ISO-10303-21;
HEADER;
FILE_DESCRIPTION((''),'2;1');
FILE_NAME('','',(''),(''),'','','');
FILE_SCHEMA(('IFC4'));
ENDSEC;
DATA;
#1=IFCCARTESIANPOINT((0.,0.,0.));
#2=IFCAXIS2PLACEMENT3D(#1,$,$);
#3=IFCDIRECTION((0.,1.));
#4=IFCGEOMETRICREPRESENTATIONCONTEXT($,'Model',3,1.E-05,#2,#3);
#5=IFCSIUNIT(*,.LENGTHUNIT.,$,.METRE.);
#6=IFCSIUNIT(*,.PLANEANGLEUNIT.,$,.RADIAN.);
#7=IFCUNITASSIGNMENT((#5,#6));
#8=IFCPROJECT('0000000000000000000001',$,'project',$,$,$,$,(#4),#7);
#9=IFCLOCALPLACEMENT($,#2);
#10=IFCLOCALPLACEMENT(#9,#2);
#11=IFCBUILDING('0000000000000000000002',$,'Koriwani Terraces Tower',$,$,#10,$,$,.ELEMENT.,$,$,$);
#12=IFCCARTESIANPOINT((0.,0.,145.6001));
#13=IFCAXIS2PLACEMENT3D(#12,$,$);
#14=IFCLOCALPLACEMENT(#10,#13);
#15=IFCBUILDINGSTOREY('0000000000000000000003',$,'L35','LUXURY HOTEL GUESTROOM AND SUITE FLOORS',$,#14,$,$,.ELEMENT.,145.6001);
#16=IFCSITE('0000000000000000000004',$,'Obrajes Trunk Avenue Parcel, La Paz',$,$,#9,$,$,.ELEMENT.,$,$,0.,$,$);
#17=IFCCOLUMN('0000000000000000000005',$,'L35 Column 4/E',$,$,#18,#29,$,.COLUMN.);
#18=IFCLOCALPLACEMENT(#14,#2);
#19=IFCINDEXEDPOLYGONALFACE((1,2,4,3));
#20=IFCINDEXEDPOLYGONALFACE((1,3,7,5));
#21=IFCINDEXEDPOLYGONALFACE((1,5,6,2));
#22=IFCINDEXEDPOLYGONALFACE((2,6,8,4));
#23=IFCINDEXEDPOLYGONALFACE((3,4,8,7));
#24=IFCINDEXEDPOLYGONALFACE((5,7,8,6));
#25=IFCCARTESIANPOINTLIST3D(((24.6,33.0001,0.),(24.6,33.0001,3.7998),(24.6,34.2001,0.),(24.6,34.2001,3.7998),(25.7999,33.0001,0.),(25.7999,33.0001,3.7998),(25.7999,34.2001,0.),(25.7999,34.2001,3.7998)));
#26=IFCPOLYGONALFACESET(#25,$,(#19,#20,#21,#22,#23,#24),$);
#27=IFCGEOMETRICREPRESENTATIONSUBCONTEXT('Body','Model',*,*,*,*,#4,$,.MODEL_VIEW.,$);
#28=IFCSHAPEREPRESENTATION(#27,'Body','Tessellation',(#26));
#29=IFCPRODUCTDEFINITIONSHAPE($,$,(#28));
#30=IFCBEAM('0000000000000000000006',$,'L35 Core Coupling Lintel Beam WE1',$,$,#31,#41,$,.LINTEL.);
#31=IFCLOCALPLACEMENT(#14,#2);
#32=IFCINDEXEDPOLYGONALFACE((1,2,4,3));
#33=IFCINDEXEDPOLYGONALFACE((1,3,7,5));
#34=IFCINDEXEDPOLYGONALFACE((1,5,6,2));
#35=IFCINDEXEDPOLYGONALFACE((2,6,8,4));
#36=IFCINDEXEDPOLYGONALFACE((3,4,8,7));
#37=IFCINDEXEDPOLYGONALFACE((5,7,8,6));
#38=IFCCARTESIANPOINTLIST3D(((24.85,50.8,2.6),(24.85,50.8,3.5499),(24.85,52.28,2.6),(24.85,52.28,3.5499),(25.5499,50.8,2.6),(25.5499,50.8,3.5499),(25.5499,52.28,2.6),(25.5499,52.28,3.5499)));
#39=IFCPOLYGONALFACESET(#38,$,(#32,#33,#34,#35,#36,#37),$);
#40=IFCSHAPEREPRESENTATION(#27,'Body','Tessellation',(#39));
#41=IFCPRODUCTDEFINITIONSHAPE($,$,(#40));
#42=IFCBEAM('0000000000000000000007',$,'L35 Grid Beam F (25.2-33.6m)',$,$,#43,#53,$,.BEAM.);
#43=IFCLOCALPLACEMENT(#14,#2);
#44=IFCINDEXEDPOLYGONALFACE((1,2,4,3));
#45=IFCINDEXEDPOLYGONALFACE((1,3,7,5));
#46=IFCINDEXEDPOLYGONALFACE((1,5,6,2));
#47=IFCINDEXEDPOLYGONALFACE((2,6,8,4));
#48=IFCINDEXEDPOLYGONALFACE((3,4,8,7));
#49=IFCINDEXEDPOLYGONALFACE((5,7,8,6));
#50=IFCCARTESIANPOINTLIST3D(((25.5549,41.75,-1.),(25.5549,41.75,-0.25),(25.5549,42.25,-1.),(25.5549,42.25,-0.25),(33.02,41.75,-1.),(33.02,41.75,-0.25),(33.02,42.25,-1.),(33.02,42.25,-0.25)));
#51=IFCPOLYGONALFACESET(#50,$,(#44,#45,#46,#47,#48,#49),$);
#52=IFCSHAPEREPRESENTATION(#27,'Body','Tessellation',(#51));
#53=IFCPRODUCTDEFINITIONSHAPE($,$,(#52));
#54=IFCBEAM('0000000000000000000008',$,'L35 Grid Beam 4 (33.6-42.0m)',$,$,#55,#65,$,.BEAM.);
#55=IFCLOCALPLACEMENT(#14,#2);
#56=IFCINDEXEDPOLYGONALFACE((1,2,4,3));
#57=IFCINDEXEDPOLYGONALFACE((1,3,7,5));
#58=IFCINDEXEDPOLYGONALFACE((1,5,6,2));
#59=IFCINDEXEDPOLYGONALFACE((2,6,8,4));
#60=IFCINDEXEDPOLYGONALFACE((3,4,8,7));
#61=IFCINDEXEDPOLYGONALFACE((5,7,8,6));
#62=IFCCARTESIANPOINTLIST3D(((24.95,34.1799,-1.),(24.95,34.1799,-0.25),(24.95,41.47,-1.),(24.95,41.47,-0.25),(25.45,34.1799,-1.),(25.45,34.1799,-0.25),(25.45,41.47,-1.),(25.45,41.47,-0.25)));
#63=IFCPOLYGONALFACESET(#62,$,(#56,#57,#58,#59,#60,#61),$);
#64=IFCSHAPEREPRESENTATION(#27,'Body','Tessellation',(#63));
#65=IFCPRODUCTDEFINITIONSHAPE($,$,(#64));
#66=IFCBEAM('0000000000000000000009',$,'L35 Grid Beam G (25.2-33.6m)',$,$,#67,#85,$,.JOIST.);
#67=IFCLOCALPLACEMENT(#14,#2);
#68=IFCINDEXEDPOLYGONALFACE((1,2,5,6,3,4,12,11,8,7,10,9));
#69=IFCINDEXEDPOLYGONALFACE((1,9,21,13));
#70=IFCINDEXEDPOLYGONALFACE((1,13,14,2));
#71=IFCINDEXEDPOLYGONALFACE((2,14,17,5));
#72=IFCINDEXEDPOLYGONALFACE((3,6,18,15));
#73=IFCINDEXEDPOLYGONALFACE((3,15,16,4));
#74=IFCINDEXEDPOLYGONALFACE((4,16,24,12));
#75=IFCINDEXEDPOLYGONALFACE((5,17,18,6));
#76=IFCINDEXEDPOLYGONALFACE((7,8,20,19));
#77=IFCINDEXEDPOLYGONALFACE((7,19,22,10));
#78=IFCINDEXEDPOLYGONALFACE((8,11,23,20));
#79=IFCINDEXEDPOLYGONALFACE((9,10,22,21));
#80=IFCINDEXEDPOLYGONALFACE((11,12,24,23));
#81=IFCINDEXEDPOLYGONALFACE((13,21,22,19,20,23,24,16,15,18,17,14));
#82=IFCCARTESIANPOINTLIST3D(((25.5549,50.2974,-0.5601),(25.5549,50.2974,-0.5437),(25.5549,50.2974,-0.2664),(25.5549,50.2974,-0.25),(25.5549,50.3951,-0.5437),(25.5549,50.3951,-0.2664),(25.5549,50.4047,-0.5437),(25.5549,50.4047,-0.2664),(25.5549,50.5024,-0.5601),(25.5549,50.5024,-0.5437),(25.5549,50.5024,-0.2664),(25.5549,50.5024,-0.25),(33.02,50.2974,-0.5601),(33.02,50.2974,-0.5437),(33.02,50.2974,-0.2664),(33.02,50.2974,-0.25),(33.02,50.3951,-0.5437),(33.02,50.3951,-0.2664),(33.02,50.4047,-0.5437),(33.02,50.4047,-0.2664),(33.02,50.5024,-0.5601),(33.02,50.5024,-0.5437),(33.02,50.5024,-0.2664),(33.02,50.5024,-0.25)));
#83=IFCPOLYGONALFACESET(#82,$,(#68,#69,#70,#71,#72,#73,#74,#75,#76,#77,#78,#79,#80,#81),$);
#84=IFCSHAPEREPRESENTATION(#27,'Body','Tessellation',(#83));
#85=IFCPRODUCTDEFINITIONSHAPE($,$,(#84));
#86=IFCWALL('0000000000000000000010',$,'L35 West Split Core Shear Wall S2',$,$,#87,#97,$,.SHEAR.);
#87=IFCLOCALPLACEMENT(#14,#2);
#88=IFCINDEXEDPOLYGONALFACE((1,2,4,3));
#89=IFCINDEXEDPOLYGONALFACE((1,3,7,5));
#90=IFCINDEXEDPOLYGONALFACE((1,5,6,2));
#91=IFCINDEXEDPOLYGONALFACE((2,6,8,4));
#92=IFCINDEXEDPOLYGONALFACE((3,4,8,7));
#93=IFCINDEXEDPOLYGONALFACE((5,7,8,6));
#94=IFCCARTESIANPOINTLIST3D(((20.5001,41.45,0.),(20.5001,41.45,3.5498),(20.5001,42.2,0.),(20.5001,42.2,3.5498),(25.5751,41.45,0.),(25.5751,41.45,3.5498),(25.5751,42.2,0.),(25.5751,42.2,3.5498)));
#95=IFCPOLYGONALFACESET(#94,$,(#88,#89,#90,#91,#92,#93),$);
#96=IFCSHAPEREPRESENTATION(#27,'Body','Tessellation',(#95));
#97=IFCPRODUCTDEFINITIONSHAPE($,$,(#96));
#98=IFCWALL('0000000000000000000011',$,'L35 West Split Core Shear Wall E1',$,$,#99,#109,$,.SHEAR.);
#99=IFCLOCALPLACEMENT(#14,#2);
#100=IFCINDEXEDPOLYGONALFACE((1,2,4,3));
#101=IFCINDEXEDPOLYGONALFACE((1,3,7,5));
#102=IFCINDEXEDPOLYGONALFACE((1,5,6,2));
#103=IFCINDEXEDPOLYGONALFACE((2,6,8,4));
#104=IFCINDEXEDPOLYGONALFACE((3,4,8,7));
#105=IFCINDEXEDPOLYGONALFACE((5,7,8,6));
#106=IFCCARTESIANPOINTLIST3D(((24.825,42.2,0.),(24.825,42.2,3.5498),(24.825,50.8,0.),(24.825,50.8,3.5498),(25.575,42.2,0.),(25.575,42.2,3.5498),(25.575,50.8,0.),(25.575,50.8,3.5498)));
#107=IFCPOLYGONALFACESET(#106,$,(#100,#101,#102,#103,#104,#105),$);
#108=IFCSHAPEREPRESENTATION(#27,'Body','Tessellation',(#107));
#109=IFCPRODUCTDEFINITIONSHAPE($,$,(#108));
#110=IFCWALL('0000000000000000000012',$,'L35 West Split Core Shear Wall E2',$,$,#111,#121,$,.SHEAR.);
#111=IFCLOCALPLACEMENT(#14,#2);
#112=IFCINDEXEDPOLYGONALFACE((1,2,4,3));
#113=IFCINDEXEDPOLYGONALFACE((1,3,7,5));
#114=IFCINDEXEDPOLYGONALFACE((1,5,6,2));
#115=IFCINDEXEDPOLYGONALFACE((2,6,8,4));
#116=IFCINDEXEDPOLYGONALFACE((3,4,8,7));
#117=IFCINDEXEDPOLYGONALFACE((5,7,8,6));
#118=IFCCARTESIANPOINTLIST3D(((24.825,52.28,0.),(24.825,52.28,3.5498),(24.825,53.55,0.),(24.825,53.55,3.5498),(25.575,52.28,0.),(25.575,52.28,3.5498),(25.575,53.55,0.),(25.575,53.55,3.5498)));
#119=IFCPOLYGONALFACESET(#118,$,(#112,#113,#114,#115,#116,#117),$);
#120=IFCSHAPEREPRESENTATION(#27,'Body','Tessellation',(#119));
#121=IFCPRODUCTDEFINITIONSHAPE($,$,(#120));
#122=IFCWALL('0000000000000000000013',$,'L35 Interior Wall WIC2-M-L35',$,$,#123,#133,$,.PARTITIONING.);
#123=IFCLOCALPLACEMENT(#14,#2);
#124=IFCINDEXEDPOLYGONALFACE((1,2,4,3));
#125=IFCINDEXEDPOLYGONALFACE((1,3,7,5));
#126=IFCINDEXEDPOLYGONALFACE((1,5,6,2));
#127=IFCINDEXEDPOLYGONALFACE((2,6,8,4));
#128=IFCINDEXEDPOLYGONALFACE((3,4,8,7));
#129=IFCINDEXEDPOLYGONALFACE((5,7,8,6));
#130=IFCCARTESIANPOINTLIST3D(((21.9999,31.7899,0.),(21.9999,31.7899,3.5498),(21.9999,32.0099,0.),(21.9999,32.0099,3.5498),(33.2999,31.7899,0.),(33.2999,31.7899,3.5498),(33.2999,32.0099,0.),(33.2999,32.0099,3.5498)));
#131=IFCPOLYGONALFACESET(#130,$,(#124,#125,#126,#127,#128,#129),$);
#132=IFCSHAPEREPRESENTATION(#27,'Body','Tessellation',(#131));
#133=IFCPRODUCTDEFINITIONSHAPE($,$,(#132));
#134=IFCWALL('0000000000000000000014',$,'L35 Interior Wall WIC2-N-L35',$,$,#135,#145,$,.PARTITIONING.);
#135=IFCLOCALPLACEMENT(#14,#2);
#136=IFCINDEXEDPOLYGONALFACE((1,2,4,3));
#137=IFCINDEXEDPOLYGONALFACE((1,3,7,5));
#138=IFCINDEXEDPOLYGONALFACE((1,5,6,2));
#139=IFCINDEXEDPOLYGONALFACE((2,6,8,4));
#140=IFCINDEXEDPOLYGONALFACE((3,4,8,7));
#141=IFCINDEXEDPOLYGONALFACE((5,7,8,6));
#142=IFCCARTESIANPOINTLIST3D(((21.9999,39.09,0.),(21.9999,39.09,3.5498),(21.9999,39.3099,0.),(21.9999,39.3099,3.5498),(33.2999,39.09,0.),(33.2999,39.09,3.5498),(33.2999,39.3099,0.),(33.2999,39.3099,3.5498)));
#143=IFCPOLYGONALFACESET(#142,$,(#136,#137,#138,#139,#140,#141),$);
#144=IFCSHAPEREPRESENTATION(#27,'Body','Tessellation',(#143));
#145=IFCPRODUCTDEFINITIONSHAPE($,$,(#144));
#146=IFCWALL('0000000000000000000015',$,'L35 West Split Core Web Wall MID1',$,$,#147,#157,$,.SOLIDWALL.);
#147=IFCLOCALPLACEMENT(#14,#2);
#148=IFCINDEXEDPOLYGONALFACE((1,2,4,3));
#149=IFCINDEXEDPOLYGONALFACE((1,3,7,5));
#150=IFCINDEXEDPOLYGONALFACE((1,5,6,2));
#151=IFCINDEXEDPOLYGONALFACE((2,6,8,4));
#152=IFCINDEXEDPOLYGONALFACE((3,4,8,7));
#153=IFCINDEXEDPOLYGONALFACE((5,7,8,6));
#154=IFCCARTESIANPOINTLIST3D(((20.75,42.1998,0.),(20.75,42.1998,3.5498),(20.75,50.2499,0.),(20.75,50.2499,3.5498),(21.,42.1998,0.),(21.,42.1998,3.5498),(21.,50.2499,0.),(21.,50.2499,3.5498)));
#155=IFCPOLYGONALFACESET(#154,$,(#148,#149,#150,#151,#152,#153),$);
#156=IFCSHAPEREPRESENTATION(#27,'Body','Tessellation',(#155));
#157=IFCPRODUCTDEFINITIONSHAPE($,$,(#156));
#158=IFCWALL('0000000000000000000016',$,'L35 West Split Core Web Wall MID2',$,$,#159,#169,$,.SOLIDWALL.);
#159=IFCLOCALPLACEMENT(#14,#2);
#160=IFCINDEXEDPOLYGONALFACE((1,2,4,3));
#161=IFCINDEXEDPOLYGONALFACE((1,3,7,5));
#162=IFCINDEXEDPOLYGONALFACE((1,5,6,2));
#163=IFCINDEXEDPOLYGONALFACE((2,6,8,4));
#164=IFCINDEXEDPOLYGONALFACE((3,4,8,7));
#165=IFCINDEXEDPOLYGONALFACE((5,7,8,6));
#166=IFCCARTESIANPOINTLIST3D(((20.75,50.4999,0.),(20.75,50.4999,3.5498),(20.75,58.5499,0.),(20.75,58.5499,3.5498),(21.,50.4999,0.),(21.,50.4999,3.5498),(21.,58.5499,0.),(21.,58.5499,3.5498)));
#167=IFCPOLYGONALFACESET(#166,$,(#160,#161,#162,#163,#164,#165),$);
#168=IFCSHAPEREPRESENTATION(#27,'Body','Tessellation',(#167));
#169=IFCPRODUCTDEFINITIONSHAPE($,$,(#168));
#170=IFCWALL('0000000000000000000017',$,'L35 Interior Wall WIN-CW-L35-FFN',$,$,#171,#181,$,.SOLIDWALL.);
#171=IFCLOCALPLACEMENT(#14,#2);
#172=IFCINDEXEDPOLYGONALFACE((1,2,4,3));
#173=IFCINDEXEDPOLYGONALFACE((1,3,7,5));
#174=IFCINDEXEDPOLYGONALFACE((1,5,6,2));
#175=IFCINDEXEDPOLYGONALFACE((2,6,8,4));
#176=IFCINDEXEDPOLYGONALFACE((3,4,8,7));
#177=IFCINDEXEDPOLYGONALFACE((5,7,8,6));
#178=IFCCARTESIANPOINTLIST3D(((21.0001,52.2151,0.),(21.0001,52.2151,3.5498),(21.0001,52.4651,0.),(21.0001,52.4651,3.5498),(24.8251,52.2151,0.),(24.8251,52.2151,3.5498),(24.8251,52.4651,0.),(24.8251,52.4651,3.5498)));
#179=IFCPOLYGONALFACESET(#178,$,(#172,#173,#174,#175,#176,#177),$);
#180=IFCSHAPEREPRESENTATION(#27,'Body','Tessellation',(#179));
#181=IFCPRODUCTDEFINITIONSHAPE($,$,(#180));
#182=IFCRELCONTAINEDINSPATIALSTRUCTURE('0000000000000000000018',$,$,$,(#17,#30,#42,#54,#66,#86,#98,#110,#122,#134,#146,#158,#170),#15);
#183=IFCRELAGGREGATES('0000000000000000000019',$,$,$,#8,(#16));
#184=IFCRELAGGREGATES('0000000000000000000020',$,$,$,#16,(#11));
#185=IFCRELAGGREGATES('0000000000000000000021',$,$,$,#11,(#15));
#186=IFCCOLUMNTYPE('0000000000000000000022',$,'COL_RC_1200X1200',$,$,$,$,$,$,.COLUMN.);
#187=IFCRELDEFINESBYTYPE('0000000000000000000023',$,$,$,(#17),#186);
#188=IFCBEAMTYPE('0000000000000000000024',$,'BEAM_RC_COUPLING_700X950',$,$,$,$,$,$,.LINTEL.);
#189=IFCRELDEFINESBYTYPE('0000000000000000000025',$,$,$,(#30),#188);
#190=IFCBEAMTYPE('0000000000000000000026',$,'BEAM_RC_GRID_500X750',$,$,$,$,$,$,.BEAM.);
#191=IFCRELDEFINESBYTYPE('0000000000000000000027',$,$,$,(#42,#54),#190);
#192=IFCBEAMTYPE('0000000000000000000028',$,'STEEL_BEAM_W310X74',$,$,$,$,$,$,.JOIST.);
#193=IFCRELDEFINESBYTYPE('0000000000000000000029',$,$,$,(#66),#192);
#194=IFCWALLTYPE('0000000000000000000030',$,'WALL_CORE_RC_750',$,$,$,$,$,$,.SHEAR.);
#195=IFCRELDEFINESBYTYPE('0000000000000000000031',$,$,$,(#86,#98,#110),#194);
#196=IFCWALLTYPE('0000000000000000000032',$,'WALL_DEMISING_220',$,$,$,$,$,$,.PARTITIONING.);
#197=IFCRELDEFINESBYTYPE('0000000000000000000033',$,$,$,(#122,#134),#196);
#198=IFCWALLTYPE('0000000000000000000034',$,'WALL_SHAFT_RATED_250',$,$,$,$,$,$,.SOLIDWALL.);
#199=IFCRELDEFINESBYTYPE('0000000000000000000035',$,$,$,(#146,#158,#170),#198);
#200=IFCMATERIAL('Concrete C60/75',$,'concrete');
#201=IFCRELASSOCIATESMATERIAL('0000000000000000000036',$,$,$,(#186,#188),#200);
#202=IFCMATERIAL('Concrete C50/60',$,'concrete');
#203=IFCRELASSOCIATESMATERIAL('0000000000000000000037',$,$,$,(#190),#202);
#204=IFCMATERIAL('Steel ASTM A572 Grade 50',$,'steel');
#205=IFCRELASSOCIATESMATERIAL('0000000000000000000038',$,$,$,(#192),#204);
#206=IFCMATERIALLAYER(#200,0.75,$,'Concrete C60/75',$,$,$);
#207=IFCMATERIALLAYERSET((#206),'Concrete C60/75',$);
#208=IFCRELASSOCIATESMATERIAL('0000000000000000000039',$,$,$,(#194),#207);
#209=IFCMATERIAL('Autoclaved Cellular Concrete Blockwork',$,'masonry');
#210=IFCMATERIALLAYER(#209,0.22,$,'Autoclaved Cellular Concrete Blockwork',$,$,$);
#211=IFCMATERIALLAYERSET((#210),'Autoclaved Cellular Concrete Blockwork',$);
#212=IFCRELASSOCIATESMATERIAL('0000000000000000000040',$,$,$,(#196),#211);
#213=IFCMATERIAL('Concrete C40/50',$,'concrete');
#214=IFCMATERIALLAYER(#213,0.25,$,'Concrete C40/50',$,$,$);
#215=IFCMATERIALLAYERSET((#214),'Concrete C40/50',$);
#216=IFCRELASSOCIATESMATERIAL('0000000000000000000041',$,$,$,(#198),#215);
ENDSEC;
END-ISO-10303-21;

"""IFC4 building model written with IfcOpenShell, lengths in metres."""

from ifc_helpers import new_model, si_unit, direction, frame, frame_2d, origin, origin_2d, place, context, subcontext, project, spatial, rectangle, i_section, extrude, material, layer, layer_set, material_profile, profile_set, type_object, element, save


model = new_model("IFC4")

# Units and contexts
model_context = context("Model", 3, precision=1e-05, world=origin(), true_north=direction((0.0, 1.0)))
body_context = subcontext(model_context, "Body", "Model", "MODEL_VIEW")
ifc_project = project(units=[si_unit("LENGTHUNIT", "METRE"), si_unit("PLANEANGLEUNIT", "RADIAN")], contexts=[model_context])

# Site, building, storey
site_placement = place(None, origin())
site = spatial("IfcSite", under=ifc_project, at=site_placement, Name="Obrajes Trunk Avenue Parcel, La Paz", CompositionType="ELEMENT", RefElevation=0.0)
building_placement = place(site_placement, origin())
building = spatial("IfcBuilding", under=site, at=building_placement, Name="Koriwani Terraces Tower", CompositionType="ELEMENT")
storey_placement = place(building_placement, frame((0.0, 0.0, 145.6001)))
storey = spatial("IfcBuildingStorey", under=building, at=storey_placement, Name="L35", Description="LUXURY HOTEL GUESTROOM AND SUITE FLOORS", CompositionType="ELEMENT", Elevation=145.6001)

# Column
ifc_material_1 = material(Name="Concrete C60/75", Category="concrete")
ifc_material_profile_1 = material_profile(ifc_material_1, rectangle(XDim=1.2, YDim=1.2, at=origin_2d()), Name="Concrete C60/75", Category="LoadBearing")
ifc_profile_set_1 = profile_set([ifc_material_profile_1], Name="Concrete C60/75")
column_type = type_object("IfcColumnType", Name="COL_RC_1200X1200", PredefinedType="COLUMN", material=ifc_profile_set_1)
column_placement = place(storey_placement, frame((25.2, 33.6001, 0.0), z_axis=(0.0, 0.0, 1.0), x_axis=(1.0, 0.0, 0.0)))
element("IfcColumn", 1, at=column_placement, inside=storey, type_object=column_type, Name="L35 Column 4/E", PredefinedType="COLUMN", context=body_context, shape_type="SweptSolid", body=[
    extrude(rectangle(XDim=1.2, YDim=1.2, at=origin_2d()), origin(), (0.0, 0.0, 1.0), 3.7998),
])

# Beams
ifc_material_profile_2 = material_profile(ifc_material_1, rectangle(XDim=0.7, YDim=0.95, at=origin_2d()), Name="Concrete C60/75", Category="LoadBearing")
ifc_profile_set_2 = profile_set([ifc_material_profile_2], Name="Concrete C60/75")
beam_type_1 = type_object("IfcBeamType", Name="BEAM_RC_COUPLING_700X950", PredefinedType="LINTEL", material=ifc_profile_set_2)
beam_1_placement = place(storey_placement, frame((25.2, 50.8, 3.075), z_axis=(0.0, 1.0, 0.0), x_axis=(-1.0, 0.0, 0.0)))
element("IfcBeam", 2, at=beam_1_placement, inside=storey, type_object=beam_type_1, Name="L35 Core Coupling Lintel Beam WE1", PredefinedType="LINTEL", context=body_context, shape_type="SweptSolid", body=[
    extrude(rectangle(XDim=0.7, YDim=0.95, at=origin_2d()), origin(), (0.0, 0.0, 1.0), 1.48),
])
ifc_material_2 = material(Name="Concrete C50/60", Category="concrete")
ifc_material_profile_3 = material_profile(ifc_material_2, rectangle(XDim=0.5, YDim=0.75, at=origin_2d()), Name="Concrete C50/60", Category="LoadBearing")
ifc_profile_set_3 = profile_set([ifc_material_profile_3], Name="Concrete C50/60")
beam_type_2 = type_object("IfcBeamType", Name="BEAM_RC_GRID_500X750", PredefinedType="BEAM", material=ifc_profile_set_3)
beam_2_placement = place(storey_placement, frame((25.5549, 42.0, -0.625), z_axis=(1.0, 0.0, 0.0), x_axis=(0.0, 1.0, 0.0)))
element("IfcBeam", 3, at=beam_2_placement, inside=storey, type_object=beam_type_2, Name="L35 Grid Beam F (25.2-33.6m)", PredefinedType="BEAM", context=body_context, shape_type="SweptSolid", body=[
    extrude(rectangle(XDim=0.5, YDim=0.75, at=origin_2d()), origin(), (0.0, 0.0, 1.0), 7.4651),
])
beam_3_placement = place(storey_placement, frame((25.2, 34.1799, -0.625), z_axis=(0.0, 1.0, 0.0), x_axis=(-1.0, 0.0, 0.0)))
element("IfcBeam", 4, at=beam_3_placement, inside=storey, type_object=beam_type_2, Name="L35 Grid Beam 4 (33.6-42.0m)", PredefinedType="BEAM", context=body_context, shape_type="SweptSolid", body=[
    extrude(rectangle(XDim=0.5, YDim=0.75, at=origin_2d()), origin(), (0.0, 0.0, 1.0), 7.29),
])
ifc_material_3 = material(Name="Steel ASTM A572 Grade 50", Category="steel")
ifc_material_profile_4 = material_profile(ifc_material_3, i_section(OverallWidth=0.2051, OverallDepth=0.3101, WebThickness=0.0095, FlangeThickness=0.0164, at=origin_2d()), Name="Steel ASTM A572 Grade 50", Category="LoadBearing")
ifc_profile_set_4 = profile_set([ifc_material_profile_4], Name="Steel ASTM A572 Grade 50")
beam_type_3 = type_object("IfcBeamType", Name="STEEL_BEAM_W310X74", PredefinedType="JOIST", material=ifc_profile_set_4)
beam_4_placement = place(storey_placement, frame((25.5549, 50.3999, -0.405), z_axis=(1.0, 0.0, 0.0), x_axis=(0.0, 1.0, 0.0)))
element("IfcBeam", 5, at=beam_4_placement, inside=storey, type_object=beam_type_3, Name="L35 Grid Beam G (25.2-33.6m)", PredefinedType="JOIST", context=body_context, shape_type="SweptSolid", body=[
    extrude(i_section(OverallWidth=0.2051, OverallDepth=0.3101, WebThickness=0.0095, FlangeThickness=0.0164, at=origin_2d()), origin(), (0.0, 0.0, 1.0), 7.4651),
])

# Walls
ifc_layer_1 = layer(ifc_material_1, 0.75, Name="Concrete C60/75")
ifc_layer_set_1 = layer_set([ifc_layer_1], Name="Concrete C60/75")
wall_type_1 = type_object("IfcWallType", Name="WALL_CORE_RC_750", PredefinedType="SHEAR", material=ifc_layer_set_1)
wall_1_placement = place(storey_placement, frame((20.5, 41.825, 0.0), z_axis=(0.0, 0.0, 1.0), x_axis=(1.0, 0.0, 0.0)))
element("IfcWall", 6, at=wall_1_placement, inside=storey, type_object=wall_type_1, Name="L35 West Split Core Shear Wall S2", PredefinedType="SHEAR", context=body_context, shape_type="SweptSolid", body=[
    extrude(rectangle(XDim=5.075, YDim=0.75, at=frame_2d((2.5376, 0.0))), origin(), (0.0, 0.0, 1.0), 3.5498),
])
wall_2_placement = place(storey_placement, frame((25.2, 42.2, 0.0), z_axis=(0.0, 0.0, 1.0), x_axis=(0.0, 1.0, 0.0)))
element("IfcWall", 7, at=wall_2_placement, inside=storey, type_object=wall_type_1, Name="L35 West Split Core Shear Wall E1", PredefinedType="SHEAR", context=body_context, shape_type="SweptSolid", body=[
    extrude(rectangle(XDim=8.6001, YDim=0.75, at=frame_2d((4.3, 0.0))), origin(), (0.0, 0.0, 1.0), 3.5498),
])
wall_3_placement = place(storey_placement, frame((25.2, 52.28, 0.0), z_axis=(0.0, 0.0, 1.0), x_axis=(0.0, 1.0, 0.0)))
element("IfcWall", 8, at=wall_3_placement, inside=storey, type_object=wall_type_1, Name="L35 West Split Core Shear Wall E2", PredefinedType="SHEAR", context=body_context, shape_type="SweptSolid", body=[
    extrude(rectangle(XDim=1.27, YDim=0.75, at=frame_2d((0.635, 0.0))), origin(), (0.0, 0.0, 1.0), 3.5498),
])
ifc_material_4 = material(Name="Autoclaved Cellular Concrete Blockwork", Category="masonry")
ifc_layer_2 = layer(ifc_material_4, 0.22, Name="Autoclaved Cellular Concrete Blockwork")
ifc_layer_set_2 = layer_set([ifc_layer_2], Name="Autoclaved Cellular Concrete Blockwork")
wall_type_2 = type_object("IfcWallType", Name="WALL_DEMISING_220", PredefinedType="PARTITIONING", material=ifc_layer_set_2)
for number, where, z_axis, x_axis, name in (
    (9, (22.0, 31.8999, 0.0), (0.0, 0.0, 1.0), (1.0, 0.0, 0.0), "L35 Interior Wall WIC2-M-L35"),
    (10, (22.0, 39.2, 0.0), (0.0, 0.0, 1.0), (1.0, 0.0, 0.0), "L35 Interior Wall WIC2-N-L35"),
):
    element("IfcWall", number, at=place(storey_placement, frame(where, z_axis=z_axis, x_axis=x_axis)), inside=storey, type_object=wall_type_2, Name=name, PredefinedType="PARTITIONING", context=body_context, shape_type="SweptSolid", body=[
        extrude(rectangle(XDim=11.3, YDim=0.22, at=frame_2d((5.6499, 0.0))), origin(), (0.0, 0.0, 1.0), 3.5498),
    ])
ifc_material_5 = material(Name="Concrete C40/50", Category="concrete")
ifc_layer_3 = layer(ifc_material_5, 0.25, Name="Concrete C40/50")
ifc_layer_set_3 = layer_set([ifc_layer_3], Name="Concrete C40/50")
wall_type_3 = type_object("IfcWallType", Name="WALL_SHAFT_RATED_250", PredefinedType="SOLIDWALL", material=ifc_layer_set_3)
for number, where, z_axis, x_axis, name in (
    (11, (20.875, 42.2, 0.0), (0.0, 0.0, 1.0), (0.0, 1.0, 0.0), "L35 West Split Core Web Wall MID1"),
    (12, (20.875, 50.5, 0.0), (0.0, 0.0, 1.0), (0.0, 1.0, 0.0), "L35 West Split Core Web Wall MID2"),
):
    element("IfcWall", number, at=place(storey_placement, frame(where, z_axis=z_axis, x_axis=x_axis)), inside=storey, type_object=wall_type_3, Name=name, PredefinedType="SOLIDWALL", context=body_context, shape_type="SweptSolid", body=[
        extrude(rectangle(XDim=8.05, YDim=0.25, at=frame_2d((4.0249, 0.0))), origin(), (0.0, 0.0, 1.0), 3.5498),
    ])

# Wall
wall_4_placement = place(storey_placement, frame((21.0, 52.3401, 0.0), z_axis=(0.0, 0.0, 1.0), x_axis=(1.0, 0.0, 0.0)))
element("IfcWall", 13, at=wall_4_placement, inside=storey, type_object=wall_type_3, Name="L35 Interior Wall WIN-CW-L35-FFN", PredefinedType="SOLIDWALL", context=body_context, shape_type="SweptSolid", body=[
    extrude(rectangle(XDim=3.825, YDim=0.25, at=frame_2d((1.9126, 0.0))), origin(), (0.0, 0.0, 1.0), 3.5498),
])

save(model, "model.ifc")
